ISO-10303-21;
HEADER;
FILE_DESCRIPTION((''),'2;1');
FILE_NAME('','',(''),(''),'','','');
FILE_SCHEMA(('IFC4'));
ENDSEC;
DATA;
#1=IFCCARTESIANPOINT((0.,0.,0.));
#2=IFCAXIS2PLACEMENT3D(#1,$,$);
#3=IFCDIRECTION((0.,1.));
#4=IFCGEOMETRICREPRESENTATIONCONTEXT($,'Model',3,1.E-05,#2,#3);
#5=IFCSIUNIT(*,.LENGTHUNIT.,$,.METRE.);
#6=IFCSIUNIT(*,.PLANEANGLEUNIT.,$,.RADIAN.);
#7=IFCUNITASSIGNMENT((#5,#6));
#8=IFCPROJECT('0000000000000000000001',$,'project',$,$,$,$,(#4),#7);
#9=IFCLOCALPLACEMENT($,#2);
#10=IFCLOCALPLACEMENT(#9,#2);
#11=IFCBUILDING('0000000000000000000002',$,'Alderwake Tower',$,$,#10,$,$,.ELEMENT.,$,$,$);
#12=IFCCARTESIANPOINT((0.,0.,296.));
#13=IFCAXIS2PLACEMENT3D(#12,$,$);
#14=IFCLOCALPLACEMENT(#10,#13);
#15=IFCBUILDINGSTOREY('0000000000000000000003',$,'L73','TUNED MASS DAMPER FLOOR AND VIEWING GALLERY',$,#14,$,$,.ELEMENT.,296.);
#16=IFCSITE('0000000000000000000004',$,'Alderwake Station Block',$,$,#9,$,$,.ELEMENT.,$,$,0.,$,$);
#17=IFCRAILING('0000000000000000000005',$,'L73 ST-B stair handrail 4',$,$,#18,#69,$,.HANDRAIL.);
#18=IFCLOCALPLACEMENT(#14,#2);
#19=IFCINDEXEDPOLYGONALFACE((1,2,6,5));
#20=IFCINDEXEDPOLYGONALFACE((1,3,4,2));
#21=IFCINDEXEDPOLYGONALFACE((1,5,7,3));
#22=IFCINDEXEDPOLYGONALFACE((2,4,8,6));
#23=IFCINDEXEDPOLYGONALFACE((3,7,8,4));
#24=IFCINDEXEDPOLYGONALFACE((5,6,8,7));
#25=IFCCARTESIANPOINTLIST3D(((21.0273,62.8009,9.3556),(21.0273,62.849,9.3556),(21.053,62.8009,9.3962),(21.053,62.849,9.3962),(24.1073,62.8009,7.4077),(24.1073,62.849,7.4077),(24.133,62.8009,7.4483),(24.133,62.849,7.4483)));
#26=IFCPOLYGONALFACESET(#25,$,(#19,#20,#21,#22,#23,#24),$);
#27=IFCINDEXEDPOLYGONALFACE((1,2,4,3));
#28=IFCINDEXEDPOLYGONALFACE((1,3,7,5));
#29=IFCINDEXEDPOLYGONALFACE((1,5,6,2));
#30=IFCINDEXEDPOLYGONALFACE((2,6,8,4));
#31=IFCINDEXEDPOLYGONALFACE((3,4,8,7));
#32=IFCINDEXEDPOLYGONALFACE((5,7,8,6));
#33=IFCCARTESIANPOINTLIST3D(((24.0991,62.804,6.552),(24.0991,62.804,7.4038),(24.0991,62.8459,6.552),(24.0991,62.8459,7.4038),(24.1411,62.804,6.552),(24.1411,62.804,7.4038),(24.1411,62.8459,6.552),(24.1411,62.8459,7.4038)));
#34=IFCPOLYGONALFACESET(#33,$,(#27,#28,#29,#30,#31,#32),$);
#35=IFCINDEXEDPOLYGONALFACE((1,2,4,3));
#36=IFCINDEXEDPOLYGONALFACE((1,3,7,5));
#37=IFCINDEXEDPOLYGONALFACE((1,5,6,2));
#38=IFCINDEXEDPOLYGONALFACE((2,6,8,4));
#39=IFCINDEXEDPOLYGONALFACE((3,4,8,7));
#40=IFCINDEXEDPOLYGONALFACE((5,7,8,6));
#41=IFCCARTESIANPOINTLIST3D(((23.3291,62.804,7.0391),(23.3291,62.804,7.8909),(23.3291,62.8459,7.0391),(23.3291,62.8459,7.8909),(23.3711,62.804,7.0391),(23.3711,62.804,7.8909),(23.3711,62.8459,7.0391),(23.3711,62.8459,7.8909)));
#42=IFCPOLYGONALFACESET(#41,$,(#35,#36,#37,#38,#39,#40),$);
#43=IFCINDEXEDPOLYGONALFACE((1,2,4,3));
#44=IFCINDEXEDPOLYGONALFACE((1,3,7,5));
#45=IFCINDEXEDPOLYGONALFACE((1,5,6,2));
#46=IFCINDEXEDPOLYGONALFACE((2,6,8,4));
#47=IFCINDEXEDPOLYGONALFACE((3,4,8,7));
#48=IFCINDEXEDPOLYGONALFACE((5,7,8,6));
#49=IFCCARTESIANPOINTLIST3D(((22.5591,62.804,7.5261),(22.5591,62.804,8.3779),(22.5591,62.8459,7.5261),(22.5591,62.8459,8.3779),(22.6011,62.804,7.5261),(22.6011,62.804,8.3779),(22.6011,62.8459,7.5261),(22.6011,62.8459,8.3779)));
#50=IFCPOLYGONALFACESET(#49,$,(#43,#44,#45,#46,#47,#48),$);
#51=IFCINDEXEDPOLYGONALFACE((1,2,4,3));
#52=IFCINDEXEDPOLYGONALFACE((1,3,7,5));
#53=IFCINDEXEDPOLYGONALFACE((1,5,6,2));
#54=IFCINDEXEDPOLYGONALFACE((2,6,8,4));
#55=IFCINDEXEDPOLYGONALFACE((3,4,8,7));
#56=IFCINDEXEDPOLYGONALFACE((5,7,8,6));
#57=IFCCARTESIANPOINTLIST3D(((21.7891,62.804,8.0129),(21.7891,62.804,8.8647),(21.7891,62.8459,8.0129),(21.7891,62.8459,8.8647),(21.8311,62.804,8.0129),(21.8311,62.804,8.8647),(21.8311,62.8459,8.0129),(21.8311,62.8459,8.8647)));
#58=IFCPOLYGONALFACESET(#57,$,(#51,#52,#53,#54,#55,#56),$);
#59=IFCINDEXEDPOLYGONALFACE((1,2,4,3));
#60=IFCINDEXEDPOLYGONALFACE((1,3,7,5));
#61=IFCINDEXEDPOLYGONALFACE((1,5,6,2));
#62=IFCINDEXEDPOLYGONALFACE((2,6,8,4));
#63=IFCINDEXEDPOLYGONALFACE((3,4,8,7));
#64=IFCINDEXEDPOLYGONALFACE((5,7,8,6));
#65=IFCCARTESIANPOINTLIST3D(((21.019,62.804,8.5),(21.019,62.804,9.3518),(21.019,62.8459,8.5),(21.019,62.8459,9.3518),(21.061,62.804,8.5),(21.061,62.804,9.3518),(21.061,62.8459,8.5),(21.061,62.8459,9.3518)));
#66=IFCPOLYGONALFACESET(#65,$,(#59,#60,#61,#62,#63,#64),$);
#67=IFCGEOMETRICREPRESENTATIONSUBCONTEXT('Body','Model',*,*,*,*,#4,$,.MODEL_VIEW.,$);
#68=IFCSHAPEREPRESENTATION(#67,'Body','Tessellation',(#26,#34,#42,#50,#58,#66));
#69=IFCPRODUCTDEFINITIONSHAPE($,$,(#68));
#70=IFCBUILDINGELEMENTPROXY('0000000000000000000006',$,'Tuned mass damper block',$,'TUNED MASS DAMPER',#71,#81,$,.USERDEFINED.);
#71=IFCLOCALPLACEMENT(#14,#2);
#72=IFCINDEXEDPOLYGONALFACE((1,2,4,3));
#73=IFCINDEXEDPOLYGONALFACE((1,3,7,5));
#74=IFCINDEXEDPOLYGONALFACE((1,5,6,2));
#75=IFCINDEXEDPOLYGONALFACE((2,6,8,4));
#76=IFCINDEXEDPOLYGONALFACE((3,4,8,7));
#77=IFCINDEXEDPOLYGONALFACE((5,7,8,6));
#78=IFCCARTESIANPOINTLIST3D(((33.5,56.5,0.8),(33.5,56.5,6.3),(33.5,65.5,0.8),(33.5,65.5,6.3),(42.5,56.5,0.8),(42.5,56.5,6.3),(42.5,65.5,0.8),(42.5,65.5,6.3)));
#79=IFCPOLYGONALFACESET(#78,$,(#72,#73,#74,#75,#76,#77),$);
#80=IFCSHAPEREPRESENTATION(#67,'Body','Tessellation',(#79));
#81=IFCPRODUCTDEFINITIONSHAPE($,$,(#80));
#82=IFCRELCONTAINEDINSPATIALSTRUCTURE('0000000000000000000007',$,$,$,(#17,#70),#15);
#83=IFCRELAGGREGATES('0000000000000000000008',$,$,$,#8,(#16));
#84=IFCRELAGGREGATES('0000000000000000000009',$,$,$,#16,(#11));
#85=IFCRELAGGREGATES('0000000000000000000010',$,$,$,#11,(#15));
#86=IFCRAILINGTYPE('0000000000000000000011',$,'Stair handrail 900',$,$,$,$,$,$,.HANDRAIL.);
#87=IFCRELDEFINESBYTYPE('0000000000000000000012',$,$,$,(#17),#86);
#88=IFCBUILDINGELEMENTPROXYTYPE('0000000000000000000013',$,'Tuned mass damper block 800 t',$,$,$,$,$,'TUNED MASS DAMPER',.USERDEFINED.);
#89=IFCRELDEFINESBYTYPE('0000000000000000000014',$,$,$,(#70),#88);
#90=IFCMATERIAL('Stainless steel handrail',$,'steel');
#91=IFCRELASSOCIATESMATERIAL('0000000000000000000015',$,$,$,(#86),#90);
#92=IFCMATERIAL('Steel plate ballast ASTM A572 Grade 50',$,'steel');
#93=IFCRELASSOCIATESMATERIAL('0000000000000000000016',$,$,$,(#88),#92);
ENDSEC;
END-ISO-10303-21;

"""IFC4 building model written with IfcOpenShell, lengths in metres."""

from ifc_helpers import new_model, si_unit, direction, frame, origin, origin_2d, place, context, subcontext, project, spatial, rectangle, extrude, material, type_object, element, save


model = new_model("IFC4")

# Units and contexts
model_context = context("Model", 3, precision=1e-05, world=origin(), true_north=direction((0.0, 1.0)))
body_context = subcontext(model_context, "Body", "Model", "MODEL_VIEW")
ifc_project = project(units=[si_unit("LENGTHUNIT", "METRE"), si_unit("PLANEANGLEUNIT", "RADIAN")], contexts=[model_context])

# Site, building, storey
site_placement = place(None, origin())
site = spatial("IfcSite", under=ifc_project, at=site_placement, Name="Alderwake Station Block", CompositionType="ELEMENT", RefElevation=0.0)
building_placement = place(site_placement, origin())
building = spatial("IfcBuilding", under=site, at=building_placement, Name="Alderwake Tower", CompositionType="ELEMENT")
storey_placement = place(building_placement, frame((0.0, 0.0, 296.0)))
storey = spatial("IfcBuildingStorey", under=building, at=storey_placement, Name="L73", Description="TUNED MASS DAMPER FLOOR AND VIEWING GALLERY", CompositionType="ELEMENT", Elevation=296.0)

# Railing
ifc_material_1 = material(Name="Stainless steel handrail", Category="steel")
railing_type = type_object("IfcRailingType", Name="Stair handrail 900", PredefinedType="HANDRAIL", material=ifc_material_1)
for number, where, name in (
    (1, (24.1201, 62.825, 6.552), "L73 ST-B stair handrail 4"),
):
    element("IfcRailing", number, at=place(storey_placement, frame(where)), inside=storey, type_object=railing_type, Name=name, PredefinedType="HANDRAIL", context=body_context, shape_type="SweptSolid", body=[
        extrude(rectangle(XDim=0.0481, YDim=0.0481, at=origin_2d()), frame((0.0, 0.0, 0.876), z_axis=(-0.845156, 0.0, 0.53452), x_axis=(0.0, -1.0, 0.0)), (0.0, 0.0, 1.0), 3.6443),
        extrude(rectangle(XDim=0.042, YDim=0.042, at=origin_2d()), frame((0.0, 0.0, 0.0), z_axis=(0.0, 0.0, 1.0), x_axis=(-1.0, 0.0, 0.0)), (0.0, 0.0, 1.0), 0.8518),
        extrude(rectangle(XDim=0.042, YDim=0.042, at=origin_2d()), frame((-0.77, 0.0, 0.4871), z_axis=(0.0, 0.0, 1.0), x_axis=(-1.0, 0.0, 0.0)), (0.0, 0.0, 1.0), 0.8518),
        extrude(rectangle(XDim=0.042, YDim=0.042, at=origin_2d()), frame((-1.54, 0.0, 0.9741), z_axis=(0.0, 0.0, 1.0), x_axis=(-1.0, 0.0, 0.0)), (0.0, 0.0, 1.0), 0.8518),
        extrude(rectangle(XDim=0.042, YDim=0.042, at=origin_2d()), frame((-2.3101, 0.0, 1.4609), z_axis=(0.0, 0.0, 1.0), x_axis=(-1.0, 0.0, 0.0)), (0.0, 0.0, 1.0), 0.8518),
        extrude(rectangle(XDim=0.042, YDim=0.042, at=origin_2d()), frame((-3.0801, 0.0, 1.948), z_axis=(0.0, 0.0, 1.0), x_axis=(-1.0, 0.0, 0.0)), (0.0, 0.0, 1.0), 0.8518),
    ])

# Building element proxy
ifc_material_2 = material(Name="Steel plate ballast ASTM A572 Grade 50", Category="steel")
building_element_proxy_type = type_object("IfcBuildingElementProxyType", Name="Tuned mass damper block 800 t", ElementType="TUNED MASS DAMPER", PredefinedType="USERDEFINED", material=ifc_material_2)
proxy_placement = place(storey_placement, frame((38.0, 61.0, 0.8), z_axis=(0.0, 0.0, 1.0), x_axis=(1.0, 0.0, 0.0)))
element("IfcBuildingElementProxy", 2, at=proxy_placement, inside=storey, type_object=building_element_proxy_type, Name="Tuned mass damper block", ObjectType="TUNED MASS DAMPER", PredefinedType="USERDEFINED", context=body_context, shape_type="SweptSolid", body=[
    extrude(rectangle(XDim=9.0, YDim=9.0, at=origin_2d()), origin(), (0.0, 0.0, 1.0), 5.5),
])

save(model, "model.ifc")
